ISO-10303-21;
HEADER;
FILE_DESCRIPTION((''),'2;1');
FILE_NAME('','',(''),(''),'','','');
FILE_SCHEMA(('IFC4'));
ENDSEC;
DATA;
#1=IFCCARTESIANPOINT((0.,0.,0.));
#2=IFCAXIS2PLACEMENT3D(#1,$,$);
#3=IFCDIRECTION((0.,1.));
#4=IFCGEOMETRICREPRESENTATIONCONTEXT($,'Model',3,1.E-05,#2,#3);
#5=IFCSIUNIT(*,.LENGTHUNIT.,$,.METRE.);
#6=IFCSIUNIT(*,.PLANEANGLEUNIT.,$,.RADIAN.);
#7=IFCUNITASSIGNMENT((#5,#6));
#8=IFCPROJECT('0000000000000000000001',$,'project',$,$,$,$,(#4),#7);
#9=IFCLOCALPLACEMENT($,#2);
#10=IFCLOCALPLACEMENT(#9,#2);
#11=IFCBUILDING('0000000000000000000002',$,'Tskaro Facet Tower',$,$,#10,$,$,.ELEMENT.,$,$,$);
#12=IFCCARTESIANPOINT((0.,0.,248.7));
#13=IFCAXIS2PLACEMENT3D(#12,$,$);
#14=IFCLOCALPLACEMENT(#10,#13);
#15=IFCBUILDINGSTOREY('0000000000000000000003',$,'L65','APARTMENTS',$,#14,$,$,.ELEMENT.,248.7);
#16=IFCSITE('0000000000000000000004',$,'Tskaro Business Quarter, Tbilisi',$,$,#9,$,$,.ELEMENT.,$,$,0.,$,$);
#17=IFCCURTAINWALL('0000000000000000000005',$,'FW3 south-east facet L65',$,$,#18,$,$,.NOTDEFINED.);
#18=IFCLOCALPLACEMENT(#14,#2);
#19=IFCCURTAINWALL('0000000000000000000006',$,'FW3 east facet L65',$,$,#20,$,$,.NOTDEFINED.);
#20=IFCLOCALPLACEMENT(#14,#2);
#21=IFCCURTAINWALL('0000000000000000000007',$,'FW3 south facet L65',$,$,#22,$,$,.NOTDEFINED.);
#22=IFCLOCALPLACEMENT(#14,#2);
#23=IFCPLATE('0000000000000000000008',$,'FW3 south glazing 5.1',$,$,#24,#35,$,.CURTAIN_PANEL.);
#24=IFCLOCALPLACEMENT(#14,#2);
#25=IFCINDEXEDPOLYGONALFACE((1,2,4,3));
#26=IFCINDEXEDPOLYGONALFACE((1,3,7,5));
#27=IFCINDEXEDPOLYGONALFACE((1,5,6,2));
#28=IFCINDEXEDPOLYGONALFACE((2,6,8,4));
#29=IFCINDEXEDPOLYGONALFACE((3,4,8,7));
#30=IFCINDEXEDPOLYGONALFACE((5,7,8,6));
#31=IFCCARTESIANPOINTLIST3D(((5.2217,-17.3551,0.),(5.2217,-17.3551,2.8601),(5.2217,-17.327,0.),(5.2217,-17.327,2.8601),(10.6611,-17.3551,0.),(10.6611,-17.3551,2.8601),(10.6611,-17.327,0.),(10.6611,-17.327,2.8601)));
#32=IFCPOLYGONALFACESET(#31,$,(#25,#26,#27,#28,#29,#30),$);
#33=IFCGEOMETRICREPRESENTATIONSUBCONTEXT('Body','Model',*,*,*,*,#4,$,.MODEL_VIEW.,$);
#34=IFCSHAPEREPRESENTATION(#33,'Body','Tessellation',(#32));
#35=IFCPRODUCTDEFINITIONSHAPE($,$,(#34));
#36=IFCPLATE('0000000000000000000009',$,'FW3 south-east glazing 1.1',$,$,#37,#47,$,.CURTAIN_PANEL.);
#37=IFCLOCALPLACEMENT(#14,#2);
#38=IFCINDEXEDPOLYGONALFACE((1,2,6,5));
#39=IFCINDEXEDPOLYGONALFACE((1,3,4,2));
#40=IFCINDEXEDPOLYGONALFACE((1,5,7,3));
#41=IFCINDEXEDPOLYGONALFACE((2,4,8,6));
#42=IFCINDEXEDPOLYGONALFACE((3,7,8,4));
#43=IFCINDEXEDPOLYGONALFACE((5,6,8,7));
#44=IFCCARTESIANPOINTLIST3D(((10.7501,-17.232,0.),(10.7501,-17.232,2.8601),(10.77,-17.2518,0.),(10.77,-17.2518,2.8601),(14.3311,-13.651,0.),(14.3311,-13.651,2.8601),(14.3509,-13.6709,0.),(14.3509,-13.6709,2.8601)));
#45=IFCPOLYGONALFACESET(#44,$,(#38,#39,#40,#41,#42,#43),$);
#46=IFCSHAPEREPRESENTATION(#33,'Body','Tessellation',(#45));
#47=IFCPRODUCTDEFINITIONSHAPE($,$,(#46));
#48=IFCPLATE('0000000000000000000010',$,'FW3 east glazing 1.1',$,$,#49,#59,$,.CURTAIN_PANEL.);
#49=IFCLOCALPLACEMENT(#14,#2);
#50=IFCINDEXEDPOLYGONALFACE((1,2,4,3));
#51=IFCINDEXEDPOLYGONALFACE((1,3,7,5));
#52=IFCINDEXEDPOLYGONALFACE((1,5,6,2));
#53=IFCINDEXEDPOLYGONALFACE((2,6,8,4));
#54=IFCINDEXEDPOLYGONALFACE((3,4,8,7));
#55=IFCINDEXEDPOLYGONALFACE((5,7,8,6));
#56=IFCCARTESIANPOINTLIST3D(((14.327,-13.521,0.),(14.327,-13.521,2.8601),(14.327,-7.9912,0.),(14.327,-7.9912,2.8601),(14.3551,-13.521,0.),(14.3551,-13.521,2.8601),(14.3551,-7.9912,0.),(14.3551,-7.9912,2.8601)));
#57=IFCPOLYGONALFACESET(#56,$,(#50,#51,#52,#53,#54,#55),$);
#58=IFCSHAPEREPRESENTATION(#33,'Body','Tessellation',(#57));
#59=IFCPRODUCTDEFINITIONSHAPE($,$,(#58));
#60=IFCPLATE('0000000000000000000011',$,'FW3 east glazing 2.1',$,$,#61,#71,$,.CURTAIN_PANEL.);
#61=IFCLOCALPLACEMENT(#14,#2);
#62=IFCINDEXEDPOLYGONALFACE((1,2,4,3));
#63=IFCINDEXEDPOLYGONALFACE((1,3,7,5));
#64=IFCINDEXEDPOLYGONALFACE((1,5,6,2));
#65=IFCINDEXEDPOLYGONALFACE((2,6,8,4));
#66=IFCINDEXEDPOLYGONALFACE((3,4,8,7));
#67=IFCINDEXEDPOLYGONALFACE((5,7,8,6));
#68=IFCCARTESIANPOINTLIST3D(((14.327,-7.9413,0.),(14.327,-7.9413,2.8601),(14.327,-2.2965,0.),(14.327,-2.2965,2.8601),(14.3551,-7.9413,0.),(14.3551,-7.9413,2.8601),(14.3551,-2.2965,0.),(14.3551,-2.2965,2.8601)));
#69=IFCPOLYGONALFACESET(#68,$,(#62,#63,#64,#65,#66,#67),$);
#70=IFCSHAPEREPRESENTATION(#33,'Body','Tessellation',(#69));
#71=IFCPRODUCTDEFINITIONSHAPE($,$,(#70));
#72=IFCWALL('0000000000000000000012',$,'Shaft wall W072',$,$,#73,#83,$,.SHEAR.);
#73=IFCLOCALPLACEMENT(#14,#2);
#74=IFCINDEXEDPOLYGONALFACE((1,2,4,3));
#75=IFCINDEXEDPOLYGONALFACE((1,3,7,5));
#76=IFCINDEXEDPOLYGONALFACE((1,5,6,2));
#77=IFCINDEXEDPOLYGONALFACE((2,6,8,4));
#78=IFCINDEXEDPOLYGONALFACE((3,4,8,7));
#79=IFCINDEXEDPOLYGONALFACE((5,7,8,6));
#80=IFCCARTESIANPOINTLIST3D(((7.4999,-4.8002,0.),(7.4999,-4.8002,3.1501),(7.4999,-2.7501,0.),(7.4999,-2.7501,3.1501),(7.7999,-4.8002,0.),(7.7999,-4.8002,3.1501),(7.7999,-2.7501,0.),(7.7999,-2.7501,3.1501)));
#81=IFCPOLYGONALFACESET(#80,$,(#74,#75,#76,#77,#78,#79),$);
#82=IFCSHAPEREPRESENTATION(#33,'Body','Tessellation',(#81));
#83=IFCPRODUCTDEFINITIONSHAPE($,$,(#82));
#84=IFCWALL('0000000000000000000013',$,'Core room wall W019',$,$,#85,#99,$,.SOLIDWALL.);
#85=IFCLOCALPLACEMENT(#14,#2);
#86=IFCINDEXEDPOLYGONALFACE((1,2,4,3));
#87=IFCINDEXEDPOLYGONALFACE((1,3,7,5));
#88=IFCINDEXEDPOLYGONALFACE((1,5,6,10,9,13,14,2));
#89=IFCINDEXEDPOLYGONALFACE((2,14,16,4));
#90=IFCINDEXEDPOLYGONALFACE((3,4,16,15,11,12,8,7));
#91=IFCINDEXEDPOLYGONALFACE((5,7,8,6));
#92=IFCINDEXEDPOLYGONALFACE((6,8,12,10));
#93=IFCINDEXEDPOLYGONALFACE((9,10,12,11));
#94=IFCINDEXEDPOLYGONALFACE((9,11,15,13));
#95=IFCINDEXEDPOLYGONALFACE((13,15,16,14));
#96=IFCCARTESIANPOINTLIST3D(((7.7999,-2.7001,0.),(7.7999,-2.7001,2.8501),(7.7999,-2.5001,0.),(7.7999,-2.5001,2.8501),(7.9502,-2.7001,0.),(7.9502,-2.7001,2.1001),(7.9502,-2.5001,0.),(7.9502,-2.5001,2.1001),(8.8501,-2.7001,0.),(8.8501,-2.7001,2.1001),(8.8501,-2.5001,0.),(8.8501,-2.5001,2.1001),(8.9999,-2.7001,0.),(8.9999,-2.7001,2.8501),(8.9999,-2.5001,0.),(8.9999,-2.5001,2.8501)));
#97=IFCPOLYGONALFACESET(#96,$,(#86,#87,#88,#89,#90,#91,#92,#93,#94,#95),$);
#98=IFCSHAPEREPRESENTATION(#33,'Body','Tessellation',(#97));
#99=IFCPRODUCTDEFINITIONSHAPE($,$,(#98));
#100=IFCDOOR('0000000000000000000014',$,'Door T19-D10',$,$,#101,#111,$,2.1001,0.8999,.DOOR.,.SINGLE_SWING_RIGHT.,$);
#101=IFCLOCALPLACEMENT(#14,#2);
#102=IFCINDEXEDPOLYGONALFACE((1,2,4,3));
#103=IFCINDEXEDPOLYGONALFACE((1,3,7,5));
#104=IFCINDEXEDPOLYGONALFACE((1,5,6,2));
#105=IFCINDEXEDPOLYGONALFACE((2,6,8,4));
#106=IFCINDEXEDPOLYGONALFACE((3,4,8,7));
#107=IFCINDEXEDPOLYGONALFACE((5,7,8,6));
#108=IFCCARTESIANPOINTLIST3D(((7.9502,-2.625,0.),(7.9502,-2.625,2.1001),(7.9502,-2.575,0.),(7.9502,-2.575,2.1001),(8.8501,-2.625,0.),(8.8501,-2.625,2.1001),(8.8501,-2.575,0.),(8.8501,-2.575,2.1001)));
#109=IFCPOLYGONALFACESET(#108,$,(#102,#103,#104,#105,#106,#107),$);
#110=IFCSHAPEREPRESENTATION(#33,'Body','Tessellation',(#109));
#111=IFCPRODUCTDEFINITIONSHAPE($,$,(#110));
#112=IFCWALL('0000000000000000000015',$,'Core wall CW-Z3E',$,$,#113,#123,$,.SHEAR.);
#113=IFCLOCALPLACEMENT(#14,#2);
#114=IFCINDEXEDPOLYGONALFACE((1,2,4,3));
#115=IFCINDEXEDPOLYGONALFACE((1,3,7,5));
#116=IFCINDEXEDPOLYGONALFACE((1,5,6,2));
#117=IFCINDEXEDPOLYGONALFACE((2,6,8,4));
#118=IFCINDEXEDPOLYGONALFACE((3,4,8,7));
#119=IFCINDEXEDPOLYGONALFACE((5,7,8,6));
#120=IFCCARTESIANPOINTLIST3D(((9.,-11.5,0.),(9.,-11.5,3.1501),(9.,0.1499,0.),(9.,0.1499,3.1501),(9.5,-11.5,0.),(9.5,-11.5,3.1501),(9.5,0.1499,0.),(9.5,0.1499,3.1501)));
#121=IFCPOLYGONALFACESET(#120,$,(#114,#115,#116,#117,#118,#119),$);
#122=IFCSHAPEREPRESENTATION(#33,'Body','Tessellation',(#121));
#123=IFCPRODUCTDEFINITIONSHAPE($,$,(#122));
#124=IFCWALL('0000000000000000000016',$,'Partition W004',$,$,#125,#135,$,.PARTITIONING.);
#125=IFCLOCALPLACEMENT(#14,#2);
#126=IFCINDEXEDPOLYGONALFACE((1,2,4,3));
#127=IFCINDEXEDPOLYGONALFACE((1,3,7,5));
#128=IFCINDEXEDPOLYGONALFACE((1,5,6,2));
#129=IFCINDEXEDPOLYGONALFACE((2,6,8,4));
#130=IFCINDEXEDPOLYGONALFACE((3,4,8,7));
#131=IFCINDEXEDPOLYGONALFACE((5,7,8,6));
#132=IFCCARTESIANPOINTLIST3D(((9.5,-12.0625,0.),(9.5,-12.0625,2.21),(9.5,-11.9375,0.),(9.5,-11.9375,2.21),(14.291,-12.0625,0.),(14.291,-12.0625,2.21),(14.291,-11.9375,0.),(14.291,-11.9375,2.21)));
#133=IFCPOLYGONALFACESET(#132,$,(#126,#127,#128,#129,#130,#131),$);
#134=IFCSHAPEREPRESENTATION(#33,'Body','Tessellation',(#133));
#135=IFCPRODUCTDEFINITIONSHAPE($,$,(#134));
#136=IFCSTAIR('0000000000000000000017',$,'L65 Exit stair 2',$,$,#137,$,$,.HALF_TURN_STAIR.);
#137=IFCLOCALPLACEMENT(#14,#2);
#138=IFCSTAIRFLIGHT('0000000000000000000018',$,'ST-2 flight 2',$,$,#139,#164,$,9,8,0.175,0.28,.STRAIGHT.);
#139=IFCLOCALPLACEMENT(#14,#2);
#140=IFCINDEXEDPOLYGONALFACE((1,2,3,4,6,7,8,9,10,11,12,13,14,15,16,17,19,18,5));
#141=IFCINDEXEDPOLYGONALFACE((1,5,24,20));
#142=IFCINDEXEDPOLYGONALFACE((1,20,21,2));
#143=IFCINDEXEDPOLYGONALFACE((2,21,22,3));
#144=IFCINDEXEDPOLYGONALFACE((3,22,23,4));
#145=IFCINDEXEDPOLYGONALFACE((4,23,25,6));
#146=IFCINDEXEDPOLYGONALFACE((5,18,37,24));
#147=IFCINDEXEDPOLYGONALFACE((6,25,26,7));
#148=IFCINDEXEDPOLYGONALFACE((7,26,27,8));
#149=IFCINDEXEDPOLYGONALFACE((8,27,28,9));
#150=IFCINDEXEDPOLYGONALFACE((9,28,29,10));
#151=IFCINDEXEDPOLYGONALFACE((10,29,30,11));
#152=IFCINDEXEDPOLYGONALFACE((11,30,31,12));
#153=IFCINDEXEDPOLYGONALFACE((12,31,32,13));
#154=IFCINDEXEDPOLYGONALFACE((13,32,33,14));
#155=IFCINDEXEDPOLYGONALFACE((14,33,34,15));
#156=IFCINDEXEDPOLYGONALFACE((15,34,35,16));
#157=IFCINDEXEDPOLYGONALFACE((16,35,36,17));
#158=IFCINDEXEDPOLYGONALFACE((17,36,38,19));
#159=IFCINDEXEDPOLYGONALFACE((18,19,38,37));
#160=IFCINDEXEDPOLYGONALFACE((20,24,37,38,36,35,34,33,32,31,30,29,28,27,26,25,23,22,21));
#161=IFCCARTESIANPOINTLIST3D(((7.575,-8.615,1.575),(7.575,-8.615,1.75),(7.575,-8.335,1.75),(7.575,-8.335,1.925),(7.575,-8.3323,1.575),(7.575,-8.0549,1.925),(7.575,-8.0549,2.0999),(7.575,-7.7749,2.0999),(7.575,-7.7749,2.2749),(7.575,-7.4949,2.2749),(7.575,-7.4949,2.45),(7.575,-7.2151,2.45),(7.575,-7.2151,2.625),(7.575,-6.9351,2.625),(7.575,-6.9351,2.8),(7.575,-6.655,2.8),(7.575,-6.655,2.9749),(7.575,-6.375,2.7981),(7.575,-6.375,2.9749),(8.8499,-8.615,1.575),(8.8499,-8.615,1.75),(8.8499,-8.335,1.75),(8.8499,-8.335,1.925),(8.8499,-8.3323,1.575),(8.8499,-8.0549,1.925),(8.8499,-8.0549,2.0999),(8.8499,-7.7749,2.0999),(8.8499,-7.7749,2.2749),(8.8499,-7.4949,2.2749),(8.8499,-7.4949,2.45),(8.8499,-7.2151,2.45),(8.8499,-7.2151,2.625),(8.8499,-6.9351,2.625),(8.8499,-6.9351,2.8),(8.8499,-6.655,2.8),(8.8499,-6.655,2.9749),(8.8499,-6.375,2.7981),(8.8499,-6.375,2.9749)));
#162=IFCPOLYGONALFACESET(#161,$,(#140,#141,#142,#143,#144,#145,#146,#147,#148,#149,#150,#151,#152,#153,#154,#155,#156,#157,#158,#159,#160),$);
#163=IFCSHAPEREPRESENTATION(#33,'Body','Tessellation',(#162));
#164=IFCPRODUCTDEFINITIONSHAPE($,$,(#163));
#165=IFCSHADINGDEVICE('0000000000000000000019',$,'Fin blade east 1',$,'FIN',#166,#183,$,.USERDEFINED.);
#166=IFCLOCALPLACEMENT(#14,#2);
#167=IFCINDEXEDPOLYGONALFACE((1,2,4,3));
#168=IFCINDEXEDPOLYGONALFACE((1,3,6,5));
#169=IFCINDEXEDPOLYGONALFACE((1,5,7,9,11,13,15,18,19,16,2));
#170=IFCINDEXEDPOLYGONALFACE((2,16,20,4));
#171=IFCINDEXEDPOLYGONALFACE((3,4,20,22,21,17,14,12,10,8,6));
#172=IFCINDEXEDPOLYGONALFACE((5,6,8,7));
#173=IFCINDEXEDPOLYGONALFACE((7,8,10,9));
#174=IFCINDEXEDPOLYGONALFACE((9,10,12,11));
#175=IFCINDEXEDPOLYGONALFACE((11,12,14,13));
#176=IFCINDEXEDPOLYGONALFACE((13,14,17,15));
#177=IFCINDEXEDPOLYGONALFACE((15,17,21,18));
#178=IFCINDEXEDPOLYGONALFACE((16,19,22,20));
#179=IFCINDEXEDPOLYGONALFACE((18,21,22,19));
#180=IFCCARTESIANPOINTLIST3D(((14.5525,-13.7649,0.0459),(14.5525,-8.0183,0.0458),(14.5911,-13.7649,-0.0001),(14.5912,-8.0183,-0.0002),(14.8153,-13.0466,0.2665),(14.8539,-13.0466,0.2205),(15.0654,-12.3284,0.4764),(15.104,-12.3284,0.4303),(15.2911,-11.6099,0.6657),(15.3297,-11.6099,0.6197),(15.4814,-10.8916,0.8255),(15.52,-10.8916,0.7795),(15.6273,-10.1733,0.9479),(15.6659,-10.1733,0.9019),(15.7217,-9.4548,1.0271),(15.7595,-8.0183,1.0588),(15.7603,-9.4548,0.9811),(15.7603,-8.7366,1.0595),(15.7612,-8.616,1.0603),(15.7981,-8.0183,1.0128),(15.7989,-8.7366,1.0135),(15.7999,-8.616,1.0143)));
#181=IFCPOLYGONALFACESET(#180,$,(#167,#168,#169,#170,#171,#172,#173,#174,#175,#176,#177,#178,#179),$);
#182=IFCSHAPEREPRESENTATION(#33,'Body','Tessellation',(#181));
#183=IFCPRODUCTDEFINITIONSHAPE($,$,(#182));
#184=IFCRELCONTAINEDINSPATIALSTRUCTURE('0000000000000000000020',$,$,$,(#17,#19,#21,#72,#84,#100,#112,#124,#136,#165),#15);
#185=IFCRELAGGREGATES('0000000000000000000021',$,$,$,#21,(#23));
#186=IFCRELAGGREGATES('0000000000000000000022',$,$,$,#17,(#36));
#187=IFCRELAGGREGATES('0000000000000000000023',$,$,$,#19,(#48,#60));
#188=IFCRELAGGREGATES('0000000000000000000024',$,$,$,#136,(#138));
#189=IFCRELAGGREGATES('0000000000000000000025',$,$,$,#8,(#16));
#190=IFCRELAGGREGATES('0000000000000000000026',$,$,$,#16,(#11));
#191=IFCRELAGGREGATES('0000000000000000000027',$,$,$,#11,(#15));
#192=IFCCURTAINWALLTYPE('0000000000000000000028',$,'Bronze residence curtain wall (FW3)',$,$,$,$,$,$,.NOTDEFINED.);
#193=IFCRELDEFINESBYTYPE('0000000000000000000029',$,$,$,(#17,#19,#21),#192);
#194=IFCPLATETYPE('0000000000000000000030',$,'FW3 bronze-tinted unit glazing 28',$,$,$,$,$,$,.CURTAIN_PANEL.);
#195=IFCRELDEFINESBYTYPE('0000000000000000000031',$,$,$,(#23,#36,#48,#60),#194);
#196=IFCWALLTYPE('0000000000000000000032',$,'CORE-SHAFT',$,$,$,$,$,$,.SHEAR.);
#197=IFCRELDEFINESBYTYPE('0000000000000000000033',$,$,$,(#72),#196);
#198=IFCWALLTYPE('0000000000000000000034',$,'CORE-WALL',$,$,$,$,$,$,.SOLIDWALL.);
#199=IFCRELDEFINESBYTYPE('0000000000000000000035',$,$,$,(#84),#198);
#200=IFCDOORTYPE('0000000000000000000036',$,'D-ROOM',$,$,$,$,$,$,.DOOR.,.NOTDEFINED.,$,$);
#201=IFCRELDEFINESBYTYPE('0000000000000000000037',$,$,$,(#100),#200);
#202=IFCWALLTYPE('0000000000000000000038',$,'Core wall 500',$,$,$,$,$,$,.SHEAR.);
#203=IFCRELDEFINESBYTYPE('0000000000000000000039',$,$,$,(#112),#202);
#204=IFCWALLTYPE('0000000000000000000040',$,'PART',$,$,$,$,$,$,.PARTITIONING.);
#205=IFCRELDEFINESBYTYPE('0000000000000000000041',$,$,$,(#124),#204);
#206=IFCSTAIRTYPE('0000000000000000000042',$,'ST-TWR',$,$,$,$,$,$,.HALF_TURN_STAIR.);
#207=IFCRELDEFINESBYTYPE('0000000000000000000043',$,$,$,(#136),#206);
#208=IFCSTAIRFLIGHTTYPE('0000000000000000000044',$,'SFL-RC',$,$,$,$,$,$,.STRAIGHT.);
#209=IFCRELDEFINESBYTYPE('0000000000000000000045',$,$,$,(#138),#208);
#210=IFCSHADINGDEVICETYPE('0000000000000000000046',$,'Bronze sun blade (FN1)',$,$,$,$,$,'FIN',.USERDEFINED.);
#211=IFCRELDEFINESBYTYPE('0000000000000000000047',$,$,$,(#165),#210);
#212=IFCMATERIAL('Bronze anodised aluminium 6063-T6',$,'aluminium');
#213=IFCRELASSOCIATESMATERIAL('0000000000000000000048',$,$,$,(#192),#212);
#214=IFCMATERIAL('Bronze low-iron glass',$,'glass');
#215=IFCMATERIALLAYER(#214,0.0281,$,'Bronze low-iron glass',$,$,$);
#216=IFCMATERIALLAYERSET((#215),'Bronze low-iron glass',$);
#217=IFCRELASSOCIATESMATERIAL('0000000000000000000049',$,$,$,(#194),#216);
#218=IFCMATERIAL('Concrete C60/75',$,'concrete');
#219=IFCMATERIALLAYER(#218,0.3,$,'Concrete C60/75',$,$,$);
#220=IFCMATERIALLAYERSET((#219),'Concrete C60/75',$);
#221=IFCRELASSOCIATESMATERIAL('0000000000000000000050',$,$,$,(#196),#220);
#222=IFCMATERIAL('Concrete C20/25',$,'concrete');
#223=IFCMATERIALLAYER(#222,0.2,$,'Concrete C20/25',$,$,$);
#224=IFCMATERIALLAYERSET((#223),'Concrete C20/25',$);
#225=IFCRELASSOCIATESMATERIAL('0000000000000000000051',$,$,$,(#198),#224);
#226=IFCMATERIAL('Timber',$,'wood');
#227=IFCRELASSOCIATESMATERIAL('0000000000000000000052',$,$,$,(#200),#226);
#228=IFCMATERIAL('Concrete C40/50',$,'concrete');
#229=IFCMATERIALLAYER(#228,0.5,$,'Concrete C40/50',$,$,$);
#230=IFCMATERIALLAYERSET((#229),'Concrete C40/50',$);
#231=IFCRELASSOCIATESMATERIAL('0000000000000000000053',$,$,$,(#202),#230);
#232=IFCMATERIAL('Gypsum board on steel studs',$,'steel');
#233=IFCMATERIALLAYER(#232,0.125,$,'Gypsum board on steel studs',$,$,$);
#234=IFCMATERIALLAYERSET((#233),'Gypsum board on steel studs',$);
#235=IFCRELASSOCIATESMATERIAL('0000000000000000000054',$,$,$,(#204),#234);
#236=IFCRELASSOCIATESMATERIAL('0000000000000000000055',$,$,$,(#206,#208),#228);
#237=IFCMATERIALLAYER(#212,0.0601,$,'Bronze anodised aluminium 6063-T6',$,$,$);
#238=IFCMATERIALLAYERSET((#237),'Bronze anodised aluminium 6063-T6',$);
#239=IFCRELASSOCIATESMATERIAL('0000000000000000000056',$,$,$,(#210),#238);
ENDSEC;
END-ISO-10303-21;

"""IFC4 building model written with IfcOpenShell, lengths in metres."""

from ifc_helpers import new_model, si_unit, direction, frame, frame_2d, origin, origin_2d, place, context, subcontext, project, spatial, polyline, rectangle, outline, extrude, material, layer, layer_set, type_object, element, fill, aggregate, save


model = new_model("IFC4")

# Units and contexts
model_context = context("Model", 3, precision=1e-05, world=origin(), true_north=direction((0.0, 1.0)))
body_context = subcontext(model_context, "Body", "Model", "MODEL_VIEW")
ifc_project = project(units=[si_unit("LENGTHUNIT", "METRE"), si_unit("PLANEANGLEUNIT", "RADIAN")], contexts=[model_context])

# Site, building, storey
site_placement = place(None, origin())
site = spatial("IfcSite", under=ifc_project, at=site_placement, Name="Tskaro Business Quarter, Tbilisi", CompositionType="ELEMENT", RefElevation=0.0)
building_placement = place(site_placement, origin())
building = spatial("IfcBuilding", under=site, at=building_placement, Name="Tskaro Facet Tower", CompositionType="ELEMENT")
storey_placement = place(building_placement, frame((0.0, 0.0, 248.7)))
storey = spatial("IfcBuildingStorey", under=building, at=storey_placement, Name="L65", Description="APARTMENTS", CompositionType="ELEMENT", Elevation=248.7)

# Curtain wall
ifc_material_1 = material(Name="Bronze anodised aluminium 6063-T6", Category="aluminium")
curtain_wall_type = type_object("IfcCurtainWallType", Name="Bronze residence curtain wall (FW3)", PredefinedType="NOTDEFINED", material=ifc_material_1)
curtain_wall_1_placement = place(storey_placement, origin())
curtain_wall_1 = element("IfcCurtainWall", 1, at=curtain_wall_1_placement, inside=storey, type_object=curtain_wall_type, Name="FW3 south-east facet L65", PredefinedType="NOTDEFINED")

# Curtain wall
curtain_wall_2_placement = place(storey_placement, origin())
curtain_wall_2 = element("IfcCurtainWall", 2, at=curtain_wall_2_placement, inside=storey, type_object=curtain_wall_type, Name="FW3 east facet L65", PredefinedType="NOTDEFINED")

# Curtain wall, plate
curtain_wall_3_placement = place(storey_placement, origin())
curtain_wall_3 = element("IfcCurtainWall", 3, at=curtain_wall_3_placement, inside=storey, type_object=curtain_wall_type, Name="FW3 south facet L65", PredefinedType="NOTDEFINED")
ifc_material_2 = material(Name="Bronze low-iron glass", Category="glass")
ifc_layer_1 = layer(ifc_material_2, 0.0281, Name="Bronze low-iron glass")
ifc_layer_set_1 = layer_set([ifc_layer_1], Name="Bronze low-iron glass")
plate_type = type_object("IfcPlateType", Name="FW3 bronze-tinted unit glazing 28", PredefinedType="CURTAIN_PANEL", material=ifc_layer_set_1)
plate_1_placement = place(storey_placement, frame((7.9414, -17.3411, 0.0), z_axis=(0.0, 0.0, 1.0), x_axis=(1.0, 0.0, 0.0)))
plate_1 = element("IfcPlate", 4, at=plate_1_placement, type_object=plate_type, Name="FW3 south glazing 5.1", PredefinedType="CURTAIN_PANEL", context=body_context, shape_type="SweptSolid", body=[
    extrude(rectangle(XDim=5.4395, YDim=0.0281, at=origin_2d()), origin(), (0.0, 0.0, 1.0), 2.8601),
])
aggregate(curtain_wall_3, [plate_1])

# Plates
plate_2_placement = place(storey_placement, frame((12.5505, -15.4514, 0.0), z_axis=(0.0, 0.0, 1.0), x_axis=(0.707107, 0.707107, 0.0)))
plate_2 = element("IfcPlate", 5, at=plate_2_placement, type_object=plate_type, Name="FW3 south-east glazing 1.1", PredefinedType="CURTAIN_PANEL", context=body_context, shape_type="SweptSolid", body=[
    extrude(rectangle(XDim=5.0642, YDim=0.0281, at=origin_2d()), origin(), (0.0, 0.0, 1.0), 2.8601),
])
aggregate(curtain_wall_1, [plate_2])
plate_3_placement = place(storey_placement, frame((14.3411, -10.7561, 0.0), z_axis=(0.0, 0.0, 1.0), x_axis=(0.0, 1.0, 0.0)))
plate_3 = element("IfcPlate", 6, at=plate_3_placement, type_object=plate_type, Name="FW3 east glazing 1.1", PredefinedType="CURTAIN_PANEL", context=body_context, shape_type="SweptSolid", body=[
    extrude(rectangle(XDim=5.5298, YDim=0.0281, at=origin_2d()), origin(), (0.0, 0.0, 1.0), 2.8601),
])
plate_4_placement = place(storey_placement, frame((14.3411, -5.1189, 0.0), z_axis=(0.0, 0.0, 1.0), x_axis=(0.0, 1.0, 0.0)))
plate_4 = element("IfcPlate", 7, at=plate_4_placement, type_object=plate_type, Name="FW3 east glazing 2.1", PredefinedType="CURTAIN_PANEL", context=body_context, shape_type="SweptSolid", body=[
    extrude(rectangle(XDim=5.6448, YDim=0.0281, at=origin_2d()), origin(), (0.0, 0.0, 1.0), 2.8601),
])
aggregate(curtain_wall_2, [plate_3, plate_4])

# Wall
ifc_material_3 = material(Name="Concrete C60/75", Category="concrete")
ifc_layer_2 = layer(ifc_material_3, 0.3, Name="Concrete C60/75")
ifc_layer_set_2 = layer_set([ifc_layer_2], Name="Concrete C60/75")
wall_type_1 = type_object("IfcWallType", Name="CORE-SHAFT", PredefinedType="SHEAR", material=ifc_layer_set_2)
wall_1_placement = place(storey_placement, frame((7.6499, -4.8, 0.0), z_axis=(0.0, 0.0, 1.0), x_axis=(0.0, 1.0, 0.0)))
element("IfcWall", 8, at=wall_1_placement, inside=storey, type_object=wall_type_1, Name="Shaft wall W072", PredefinedType="SHEAR", context=body_context, shape_type="SweptSolid", body=[
    extrude(rectangle(XDim=2.05, YDim=0.3, at=frame_2d((1.0249, 0.0))), origin(), (0.0, 0.0, 1.0), 3.1501),
])

# Wall, opening, door
ifc_material_4 = material(Name="Concrete C20/25", Category="concrete")
ifc_layer_3 = layer(ifc_material_4, 0.2, Name="Concrete C20/25")
ifc_layer_set_3 = layer_set([ifc_layer_3], Name="Concrete C20/25")
wall_type_2 = type_object("IfcWallType", Name="CORE-WALL", PredefinedType="SOLIDWALL", material=ifc_layer_set_3)
wall_2_placement = place(storey_placement, frame((9.0, -2.6001, 0.0), z_axis=(0.0, 0.0, 1.0), x_axis=(-1.0, 0.0, 0.0)))
wall_2 = element("IfcWall", 9, at=wall_2_placement, inside=storey, type_object=wall_type_2, Name="Core room wall W019", PredefinedType="SOLIDWALL", context=body_context, shape_type="SweptSolid", body=[
    extrude(rectangle(XDim=1.2, YDim=0.2, at=frame_2d((0.6001, 0.0))), origin(), (0.0, 0.0, 1.0), 2.8501),
])
opening_placement = place(wall_2_placement, frame((0.1499, 0.0, 0.0)))
opening = element("IfcOpeningElement", 10, at=opening_placement, cuts=wall_2, PredefinedType="OPENING", context=body_context, shape_type="SweptSolid", body=[
    extrude(rectangle(XDim=0.8999, YDim=2.1001, at=frame_2d((0.45, 1.05))), frame((0.0, 0.1099, 0.0), z_axis=(0.0, -1.0, 0.0), x_axis=(1.0, 0.0, 0.0)), (0.0, 0.0, 1.0), 0.22),
])
ifc_material_5 = material(Name="Timber", Category="wood")
door_type = type_object("IfcDoorType", Name="D-ROOM", OperationType="NOTDEFINED", PredefinedType="DOOR", material=ifc_material_5)
door_placement = place(opening_placement, origin())
door = element("IfcDoor", 11, at=door_placement, inside=storey, type_object=door_type, Name="Door T19-D10", OperationType="SINGLE_SWING_RIGHT", OverallHeight=2.1001, OverallWidth=0.8999, PredefinedType="DOOR", context=body_context, shape_type="SweptSolid", body=[
    extrude(rectangle(XDim=0.8999, YDim=2.1001, at=frame_2d((0.45, 1.05))), frame((0.0, 0.0249, 0.0), z_axis=(0.0, -1.0, 0.0), x_axis=(1.0, 0.0, 0.0)), (0.0, 0.0, 1.0), 0.05),
])
fill(opening, door)

# Walls
ifc_material_6 = material(Name="Concrete C40/50", Category="concrete")
ifc_layer_4 = layer(ifc_material_6, 0.5, Name="Concrete C40/50")
ifc_layer_set_4 = layer_set([ifc_layer_4], Name="Concrete C40/50")
wall_type_3 = type_object("IfcWallType", Name="Core wall 500", PredefinedType="SHEAR", material=ifc_layer_set_4)
wall_3_placement = place(storey_placement, frame((9.25, -11.5, 0.0), z_axis=(0.0, 0.0, 1.0), x_axis=(0.0, 1.0, 0.0)))
element("IfcWall", 12, at=wall_3_placement, inside=storey, type_object=wall_type_3, Name="Core wall CW-Z3E", PredefinedType="SHEAR", context=body_context, shape_type="SweptSolid", body=[
    extrude(rectangle(XDim=11.6499, YDim=0.5, at=frame_2d((5.825, 0.0))), origin(), (0.0, 0.0, 1.0), 3.1501),
])
ifc_material_7 = material(Name="Gypsum board on steel studs", Category="steel")
ifc_layer_5 = layer(ifc_material_7, 0.125, Name="Gypsum board on steel studs")
ifc_layer_set_5 = layer_set([ifc_layer_5], Name="Gypsum board on steel studs")
wall_type_4 = type_object("IfcWallType", Name="PART", PredefinedType="PARTITIONING", material=ifc_layer_set_5)
wall_4_placement = place(storey_placement, frame((9.5, -12.0, 0.0), z_axis=(0.0, 0.0, 1.0), x_axis=(1.0, 0.0, 0.0)))
element("IfcWall", 13, at=wall_4_placement, inside=storey, type_object=wall_type_4, Name="Partition W004", PredefinedType="PARTITIONING", context=body_context, shape_type="SweptSolid", body=[
    extrude(rectangle(XDim=4.791, YDim=0.125, at=frame_2d((2.3955, 0.0))), origin(), (0.0, 0.0, 1.0), 2.21),
])

# Stair, stair flight
stair_type = type_object("IfcStairType", Name="ST-TWR", PredefinedType="HALF_TURN_STAIR", material=ifc_material_6)
stair_placement = place(storey_placement, origin())
stair = element("IfcStair", 14, at=stair_placement, inside=storey, type_object=stair_type, Name="L65 Exit stair 2", PredefinedType="HALF_TURN_STAIR")
stair_flight_type = type_object("IfcStairFlightType", Name="SFL-RC", PredefinedType="STRAIGHT", material=ifc_material_6)
stair_flight_placement = place(storey_placement, frame((8.2124, -8.615, 1.575), z_axis=(0.0, 0.0, 1.0), x_axis=(0.0, 1.0, 0.0)))
stair_flight = element("IfcStairFlight", 15, at=stair_flight_placement, type_object=stair_flight_type, Name="ST-2 flight 2", NumberOfRisers=9, NumberOfTreads=8, PredefinedType="STRAIGHT", RiserHeight=0.175, TreadLength=0.28, context=body_context, shape_type="SweptSolid", body=[
    extrude(outline(polyline([(0.0, 0.0), (0.0, 0.175), (0.28, 0.175), (0.28, 0.3501), (0.5601, 0.3501), (0.5601, 0.5249), (0.8401, 0.5249), (0.8401, 0.7), (1.1201, 0.7), (1.1201, 0.875), (1.3999, 0.875), (1.3999, 1.05), (1.6799, 1.05), (1.6799, 1.2251), (1.96, 1.2251), (1.96, 1.3999), (2.24, 1.3999), (2.24, 1.575), (2.24, 1.2231), (0.2827, 0.0), (0.0, 0.0)])), frame((0.0, 0.6375, 0.0), z_axis=(0.0, -1.0, 0.0), x_axis=(1.0, 0.0, 0.0)), (0.0, 0.0, 1.0), 1.2749),
])
aggregate(stair, [stair_flight])

# Shading device
ifc_layer_6 = layer(ifc_material_1, 0.0601, Name="Bronze anodised aluminium 6063-T6")
ifc_layer_set_6 = layer_set([ifc_layer_6], Name="Bronze anodised aluminium 6063-T6")
shading_device_type = type_object("IfcShadingDeviceType", Name="Bronze sun blade (FN1)", ElementType="FIN", PredefinedType="USERDEFINED", material=ifc_layer_set_6)
shading_device_1_placement = place(storey_placement, frame((14.5525, -13.7649, 0.0459), z_axis=(-0.642873, 0.000016, 0.765973), x_axis=(0.00001, 1.0, -0.000012)))
element("IfcShadingDevice", 16, at=shading_device_1_placement, inside=storey, type_object=shading_device_type, Name="Fin blade east 1", ObjectType="FIN", PredefinedType="USERDEFINED", context=body_context, shape_type="SweptSolid", body=[
    extrude(outline(polyline([(0.0, 0.0), (5.7466, 0.0), (5.7466, -1.5757), (5.1489, -1.578), (5.0283, -1.5768), (4.3101, -1.5264), (3.5916, -1.4031), (2.8733, -1.2127), (2.155, -0.9642), (1.4365, -0.6696), (0.7183, -0.3431), (0.0, 0.0)])), origin(), (0.0, 0.0, -1.0), 0.0601),
])

save(model, "model.ifc")
